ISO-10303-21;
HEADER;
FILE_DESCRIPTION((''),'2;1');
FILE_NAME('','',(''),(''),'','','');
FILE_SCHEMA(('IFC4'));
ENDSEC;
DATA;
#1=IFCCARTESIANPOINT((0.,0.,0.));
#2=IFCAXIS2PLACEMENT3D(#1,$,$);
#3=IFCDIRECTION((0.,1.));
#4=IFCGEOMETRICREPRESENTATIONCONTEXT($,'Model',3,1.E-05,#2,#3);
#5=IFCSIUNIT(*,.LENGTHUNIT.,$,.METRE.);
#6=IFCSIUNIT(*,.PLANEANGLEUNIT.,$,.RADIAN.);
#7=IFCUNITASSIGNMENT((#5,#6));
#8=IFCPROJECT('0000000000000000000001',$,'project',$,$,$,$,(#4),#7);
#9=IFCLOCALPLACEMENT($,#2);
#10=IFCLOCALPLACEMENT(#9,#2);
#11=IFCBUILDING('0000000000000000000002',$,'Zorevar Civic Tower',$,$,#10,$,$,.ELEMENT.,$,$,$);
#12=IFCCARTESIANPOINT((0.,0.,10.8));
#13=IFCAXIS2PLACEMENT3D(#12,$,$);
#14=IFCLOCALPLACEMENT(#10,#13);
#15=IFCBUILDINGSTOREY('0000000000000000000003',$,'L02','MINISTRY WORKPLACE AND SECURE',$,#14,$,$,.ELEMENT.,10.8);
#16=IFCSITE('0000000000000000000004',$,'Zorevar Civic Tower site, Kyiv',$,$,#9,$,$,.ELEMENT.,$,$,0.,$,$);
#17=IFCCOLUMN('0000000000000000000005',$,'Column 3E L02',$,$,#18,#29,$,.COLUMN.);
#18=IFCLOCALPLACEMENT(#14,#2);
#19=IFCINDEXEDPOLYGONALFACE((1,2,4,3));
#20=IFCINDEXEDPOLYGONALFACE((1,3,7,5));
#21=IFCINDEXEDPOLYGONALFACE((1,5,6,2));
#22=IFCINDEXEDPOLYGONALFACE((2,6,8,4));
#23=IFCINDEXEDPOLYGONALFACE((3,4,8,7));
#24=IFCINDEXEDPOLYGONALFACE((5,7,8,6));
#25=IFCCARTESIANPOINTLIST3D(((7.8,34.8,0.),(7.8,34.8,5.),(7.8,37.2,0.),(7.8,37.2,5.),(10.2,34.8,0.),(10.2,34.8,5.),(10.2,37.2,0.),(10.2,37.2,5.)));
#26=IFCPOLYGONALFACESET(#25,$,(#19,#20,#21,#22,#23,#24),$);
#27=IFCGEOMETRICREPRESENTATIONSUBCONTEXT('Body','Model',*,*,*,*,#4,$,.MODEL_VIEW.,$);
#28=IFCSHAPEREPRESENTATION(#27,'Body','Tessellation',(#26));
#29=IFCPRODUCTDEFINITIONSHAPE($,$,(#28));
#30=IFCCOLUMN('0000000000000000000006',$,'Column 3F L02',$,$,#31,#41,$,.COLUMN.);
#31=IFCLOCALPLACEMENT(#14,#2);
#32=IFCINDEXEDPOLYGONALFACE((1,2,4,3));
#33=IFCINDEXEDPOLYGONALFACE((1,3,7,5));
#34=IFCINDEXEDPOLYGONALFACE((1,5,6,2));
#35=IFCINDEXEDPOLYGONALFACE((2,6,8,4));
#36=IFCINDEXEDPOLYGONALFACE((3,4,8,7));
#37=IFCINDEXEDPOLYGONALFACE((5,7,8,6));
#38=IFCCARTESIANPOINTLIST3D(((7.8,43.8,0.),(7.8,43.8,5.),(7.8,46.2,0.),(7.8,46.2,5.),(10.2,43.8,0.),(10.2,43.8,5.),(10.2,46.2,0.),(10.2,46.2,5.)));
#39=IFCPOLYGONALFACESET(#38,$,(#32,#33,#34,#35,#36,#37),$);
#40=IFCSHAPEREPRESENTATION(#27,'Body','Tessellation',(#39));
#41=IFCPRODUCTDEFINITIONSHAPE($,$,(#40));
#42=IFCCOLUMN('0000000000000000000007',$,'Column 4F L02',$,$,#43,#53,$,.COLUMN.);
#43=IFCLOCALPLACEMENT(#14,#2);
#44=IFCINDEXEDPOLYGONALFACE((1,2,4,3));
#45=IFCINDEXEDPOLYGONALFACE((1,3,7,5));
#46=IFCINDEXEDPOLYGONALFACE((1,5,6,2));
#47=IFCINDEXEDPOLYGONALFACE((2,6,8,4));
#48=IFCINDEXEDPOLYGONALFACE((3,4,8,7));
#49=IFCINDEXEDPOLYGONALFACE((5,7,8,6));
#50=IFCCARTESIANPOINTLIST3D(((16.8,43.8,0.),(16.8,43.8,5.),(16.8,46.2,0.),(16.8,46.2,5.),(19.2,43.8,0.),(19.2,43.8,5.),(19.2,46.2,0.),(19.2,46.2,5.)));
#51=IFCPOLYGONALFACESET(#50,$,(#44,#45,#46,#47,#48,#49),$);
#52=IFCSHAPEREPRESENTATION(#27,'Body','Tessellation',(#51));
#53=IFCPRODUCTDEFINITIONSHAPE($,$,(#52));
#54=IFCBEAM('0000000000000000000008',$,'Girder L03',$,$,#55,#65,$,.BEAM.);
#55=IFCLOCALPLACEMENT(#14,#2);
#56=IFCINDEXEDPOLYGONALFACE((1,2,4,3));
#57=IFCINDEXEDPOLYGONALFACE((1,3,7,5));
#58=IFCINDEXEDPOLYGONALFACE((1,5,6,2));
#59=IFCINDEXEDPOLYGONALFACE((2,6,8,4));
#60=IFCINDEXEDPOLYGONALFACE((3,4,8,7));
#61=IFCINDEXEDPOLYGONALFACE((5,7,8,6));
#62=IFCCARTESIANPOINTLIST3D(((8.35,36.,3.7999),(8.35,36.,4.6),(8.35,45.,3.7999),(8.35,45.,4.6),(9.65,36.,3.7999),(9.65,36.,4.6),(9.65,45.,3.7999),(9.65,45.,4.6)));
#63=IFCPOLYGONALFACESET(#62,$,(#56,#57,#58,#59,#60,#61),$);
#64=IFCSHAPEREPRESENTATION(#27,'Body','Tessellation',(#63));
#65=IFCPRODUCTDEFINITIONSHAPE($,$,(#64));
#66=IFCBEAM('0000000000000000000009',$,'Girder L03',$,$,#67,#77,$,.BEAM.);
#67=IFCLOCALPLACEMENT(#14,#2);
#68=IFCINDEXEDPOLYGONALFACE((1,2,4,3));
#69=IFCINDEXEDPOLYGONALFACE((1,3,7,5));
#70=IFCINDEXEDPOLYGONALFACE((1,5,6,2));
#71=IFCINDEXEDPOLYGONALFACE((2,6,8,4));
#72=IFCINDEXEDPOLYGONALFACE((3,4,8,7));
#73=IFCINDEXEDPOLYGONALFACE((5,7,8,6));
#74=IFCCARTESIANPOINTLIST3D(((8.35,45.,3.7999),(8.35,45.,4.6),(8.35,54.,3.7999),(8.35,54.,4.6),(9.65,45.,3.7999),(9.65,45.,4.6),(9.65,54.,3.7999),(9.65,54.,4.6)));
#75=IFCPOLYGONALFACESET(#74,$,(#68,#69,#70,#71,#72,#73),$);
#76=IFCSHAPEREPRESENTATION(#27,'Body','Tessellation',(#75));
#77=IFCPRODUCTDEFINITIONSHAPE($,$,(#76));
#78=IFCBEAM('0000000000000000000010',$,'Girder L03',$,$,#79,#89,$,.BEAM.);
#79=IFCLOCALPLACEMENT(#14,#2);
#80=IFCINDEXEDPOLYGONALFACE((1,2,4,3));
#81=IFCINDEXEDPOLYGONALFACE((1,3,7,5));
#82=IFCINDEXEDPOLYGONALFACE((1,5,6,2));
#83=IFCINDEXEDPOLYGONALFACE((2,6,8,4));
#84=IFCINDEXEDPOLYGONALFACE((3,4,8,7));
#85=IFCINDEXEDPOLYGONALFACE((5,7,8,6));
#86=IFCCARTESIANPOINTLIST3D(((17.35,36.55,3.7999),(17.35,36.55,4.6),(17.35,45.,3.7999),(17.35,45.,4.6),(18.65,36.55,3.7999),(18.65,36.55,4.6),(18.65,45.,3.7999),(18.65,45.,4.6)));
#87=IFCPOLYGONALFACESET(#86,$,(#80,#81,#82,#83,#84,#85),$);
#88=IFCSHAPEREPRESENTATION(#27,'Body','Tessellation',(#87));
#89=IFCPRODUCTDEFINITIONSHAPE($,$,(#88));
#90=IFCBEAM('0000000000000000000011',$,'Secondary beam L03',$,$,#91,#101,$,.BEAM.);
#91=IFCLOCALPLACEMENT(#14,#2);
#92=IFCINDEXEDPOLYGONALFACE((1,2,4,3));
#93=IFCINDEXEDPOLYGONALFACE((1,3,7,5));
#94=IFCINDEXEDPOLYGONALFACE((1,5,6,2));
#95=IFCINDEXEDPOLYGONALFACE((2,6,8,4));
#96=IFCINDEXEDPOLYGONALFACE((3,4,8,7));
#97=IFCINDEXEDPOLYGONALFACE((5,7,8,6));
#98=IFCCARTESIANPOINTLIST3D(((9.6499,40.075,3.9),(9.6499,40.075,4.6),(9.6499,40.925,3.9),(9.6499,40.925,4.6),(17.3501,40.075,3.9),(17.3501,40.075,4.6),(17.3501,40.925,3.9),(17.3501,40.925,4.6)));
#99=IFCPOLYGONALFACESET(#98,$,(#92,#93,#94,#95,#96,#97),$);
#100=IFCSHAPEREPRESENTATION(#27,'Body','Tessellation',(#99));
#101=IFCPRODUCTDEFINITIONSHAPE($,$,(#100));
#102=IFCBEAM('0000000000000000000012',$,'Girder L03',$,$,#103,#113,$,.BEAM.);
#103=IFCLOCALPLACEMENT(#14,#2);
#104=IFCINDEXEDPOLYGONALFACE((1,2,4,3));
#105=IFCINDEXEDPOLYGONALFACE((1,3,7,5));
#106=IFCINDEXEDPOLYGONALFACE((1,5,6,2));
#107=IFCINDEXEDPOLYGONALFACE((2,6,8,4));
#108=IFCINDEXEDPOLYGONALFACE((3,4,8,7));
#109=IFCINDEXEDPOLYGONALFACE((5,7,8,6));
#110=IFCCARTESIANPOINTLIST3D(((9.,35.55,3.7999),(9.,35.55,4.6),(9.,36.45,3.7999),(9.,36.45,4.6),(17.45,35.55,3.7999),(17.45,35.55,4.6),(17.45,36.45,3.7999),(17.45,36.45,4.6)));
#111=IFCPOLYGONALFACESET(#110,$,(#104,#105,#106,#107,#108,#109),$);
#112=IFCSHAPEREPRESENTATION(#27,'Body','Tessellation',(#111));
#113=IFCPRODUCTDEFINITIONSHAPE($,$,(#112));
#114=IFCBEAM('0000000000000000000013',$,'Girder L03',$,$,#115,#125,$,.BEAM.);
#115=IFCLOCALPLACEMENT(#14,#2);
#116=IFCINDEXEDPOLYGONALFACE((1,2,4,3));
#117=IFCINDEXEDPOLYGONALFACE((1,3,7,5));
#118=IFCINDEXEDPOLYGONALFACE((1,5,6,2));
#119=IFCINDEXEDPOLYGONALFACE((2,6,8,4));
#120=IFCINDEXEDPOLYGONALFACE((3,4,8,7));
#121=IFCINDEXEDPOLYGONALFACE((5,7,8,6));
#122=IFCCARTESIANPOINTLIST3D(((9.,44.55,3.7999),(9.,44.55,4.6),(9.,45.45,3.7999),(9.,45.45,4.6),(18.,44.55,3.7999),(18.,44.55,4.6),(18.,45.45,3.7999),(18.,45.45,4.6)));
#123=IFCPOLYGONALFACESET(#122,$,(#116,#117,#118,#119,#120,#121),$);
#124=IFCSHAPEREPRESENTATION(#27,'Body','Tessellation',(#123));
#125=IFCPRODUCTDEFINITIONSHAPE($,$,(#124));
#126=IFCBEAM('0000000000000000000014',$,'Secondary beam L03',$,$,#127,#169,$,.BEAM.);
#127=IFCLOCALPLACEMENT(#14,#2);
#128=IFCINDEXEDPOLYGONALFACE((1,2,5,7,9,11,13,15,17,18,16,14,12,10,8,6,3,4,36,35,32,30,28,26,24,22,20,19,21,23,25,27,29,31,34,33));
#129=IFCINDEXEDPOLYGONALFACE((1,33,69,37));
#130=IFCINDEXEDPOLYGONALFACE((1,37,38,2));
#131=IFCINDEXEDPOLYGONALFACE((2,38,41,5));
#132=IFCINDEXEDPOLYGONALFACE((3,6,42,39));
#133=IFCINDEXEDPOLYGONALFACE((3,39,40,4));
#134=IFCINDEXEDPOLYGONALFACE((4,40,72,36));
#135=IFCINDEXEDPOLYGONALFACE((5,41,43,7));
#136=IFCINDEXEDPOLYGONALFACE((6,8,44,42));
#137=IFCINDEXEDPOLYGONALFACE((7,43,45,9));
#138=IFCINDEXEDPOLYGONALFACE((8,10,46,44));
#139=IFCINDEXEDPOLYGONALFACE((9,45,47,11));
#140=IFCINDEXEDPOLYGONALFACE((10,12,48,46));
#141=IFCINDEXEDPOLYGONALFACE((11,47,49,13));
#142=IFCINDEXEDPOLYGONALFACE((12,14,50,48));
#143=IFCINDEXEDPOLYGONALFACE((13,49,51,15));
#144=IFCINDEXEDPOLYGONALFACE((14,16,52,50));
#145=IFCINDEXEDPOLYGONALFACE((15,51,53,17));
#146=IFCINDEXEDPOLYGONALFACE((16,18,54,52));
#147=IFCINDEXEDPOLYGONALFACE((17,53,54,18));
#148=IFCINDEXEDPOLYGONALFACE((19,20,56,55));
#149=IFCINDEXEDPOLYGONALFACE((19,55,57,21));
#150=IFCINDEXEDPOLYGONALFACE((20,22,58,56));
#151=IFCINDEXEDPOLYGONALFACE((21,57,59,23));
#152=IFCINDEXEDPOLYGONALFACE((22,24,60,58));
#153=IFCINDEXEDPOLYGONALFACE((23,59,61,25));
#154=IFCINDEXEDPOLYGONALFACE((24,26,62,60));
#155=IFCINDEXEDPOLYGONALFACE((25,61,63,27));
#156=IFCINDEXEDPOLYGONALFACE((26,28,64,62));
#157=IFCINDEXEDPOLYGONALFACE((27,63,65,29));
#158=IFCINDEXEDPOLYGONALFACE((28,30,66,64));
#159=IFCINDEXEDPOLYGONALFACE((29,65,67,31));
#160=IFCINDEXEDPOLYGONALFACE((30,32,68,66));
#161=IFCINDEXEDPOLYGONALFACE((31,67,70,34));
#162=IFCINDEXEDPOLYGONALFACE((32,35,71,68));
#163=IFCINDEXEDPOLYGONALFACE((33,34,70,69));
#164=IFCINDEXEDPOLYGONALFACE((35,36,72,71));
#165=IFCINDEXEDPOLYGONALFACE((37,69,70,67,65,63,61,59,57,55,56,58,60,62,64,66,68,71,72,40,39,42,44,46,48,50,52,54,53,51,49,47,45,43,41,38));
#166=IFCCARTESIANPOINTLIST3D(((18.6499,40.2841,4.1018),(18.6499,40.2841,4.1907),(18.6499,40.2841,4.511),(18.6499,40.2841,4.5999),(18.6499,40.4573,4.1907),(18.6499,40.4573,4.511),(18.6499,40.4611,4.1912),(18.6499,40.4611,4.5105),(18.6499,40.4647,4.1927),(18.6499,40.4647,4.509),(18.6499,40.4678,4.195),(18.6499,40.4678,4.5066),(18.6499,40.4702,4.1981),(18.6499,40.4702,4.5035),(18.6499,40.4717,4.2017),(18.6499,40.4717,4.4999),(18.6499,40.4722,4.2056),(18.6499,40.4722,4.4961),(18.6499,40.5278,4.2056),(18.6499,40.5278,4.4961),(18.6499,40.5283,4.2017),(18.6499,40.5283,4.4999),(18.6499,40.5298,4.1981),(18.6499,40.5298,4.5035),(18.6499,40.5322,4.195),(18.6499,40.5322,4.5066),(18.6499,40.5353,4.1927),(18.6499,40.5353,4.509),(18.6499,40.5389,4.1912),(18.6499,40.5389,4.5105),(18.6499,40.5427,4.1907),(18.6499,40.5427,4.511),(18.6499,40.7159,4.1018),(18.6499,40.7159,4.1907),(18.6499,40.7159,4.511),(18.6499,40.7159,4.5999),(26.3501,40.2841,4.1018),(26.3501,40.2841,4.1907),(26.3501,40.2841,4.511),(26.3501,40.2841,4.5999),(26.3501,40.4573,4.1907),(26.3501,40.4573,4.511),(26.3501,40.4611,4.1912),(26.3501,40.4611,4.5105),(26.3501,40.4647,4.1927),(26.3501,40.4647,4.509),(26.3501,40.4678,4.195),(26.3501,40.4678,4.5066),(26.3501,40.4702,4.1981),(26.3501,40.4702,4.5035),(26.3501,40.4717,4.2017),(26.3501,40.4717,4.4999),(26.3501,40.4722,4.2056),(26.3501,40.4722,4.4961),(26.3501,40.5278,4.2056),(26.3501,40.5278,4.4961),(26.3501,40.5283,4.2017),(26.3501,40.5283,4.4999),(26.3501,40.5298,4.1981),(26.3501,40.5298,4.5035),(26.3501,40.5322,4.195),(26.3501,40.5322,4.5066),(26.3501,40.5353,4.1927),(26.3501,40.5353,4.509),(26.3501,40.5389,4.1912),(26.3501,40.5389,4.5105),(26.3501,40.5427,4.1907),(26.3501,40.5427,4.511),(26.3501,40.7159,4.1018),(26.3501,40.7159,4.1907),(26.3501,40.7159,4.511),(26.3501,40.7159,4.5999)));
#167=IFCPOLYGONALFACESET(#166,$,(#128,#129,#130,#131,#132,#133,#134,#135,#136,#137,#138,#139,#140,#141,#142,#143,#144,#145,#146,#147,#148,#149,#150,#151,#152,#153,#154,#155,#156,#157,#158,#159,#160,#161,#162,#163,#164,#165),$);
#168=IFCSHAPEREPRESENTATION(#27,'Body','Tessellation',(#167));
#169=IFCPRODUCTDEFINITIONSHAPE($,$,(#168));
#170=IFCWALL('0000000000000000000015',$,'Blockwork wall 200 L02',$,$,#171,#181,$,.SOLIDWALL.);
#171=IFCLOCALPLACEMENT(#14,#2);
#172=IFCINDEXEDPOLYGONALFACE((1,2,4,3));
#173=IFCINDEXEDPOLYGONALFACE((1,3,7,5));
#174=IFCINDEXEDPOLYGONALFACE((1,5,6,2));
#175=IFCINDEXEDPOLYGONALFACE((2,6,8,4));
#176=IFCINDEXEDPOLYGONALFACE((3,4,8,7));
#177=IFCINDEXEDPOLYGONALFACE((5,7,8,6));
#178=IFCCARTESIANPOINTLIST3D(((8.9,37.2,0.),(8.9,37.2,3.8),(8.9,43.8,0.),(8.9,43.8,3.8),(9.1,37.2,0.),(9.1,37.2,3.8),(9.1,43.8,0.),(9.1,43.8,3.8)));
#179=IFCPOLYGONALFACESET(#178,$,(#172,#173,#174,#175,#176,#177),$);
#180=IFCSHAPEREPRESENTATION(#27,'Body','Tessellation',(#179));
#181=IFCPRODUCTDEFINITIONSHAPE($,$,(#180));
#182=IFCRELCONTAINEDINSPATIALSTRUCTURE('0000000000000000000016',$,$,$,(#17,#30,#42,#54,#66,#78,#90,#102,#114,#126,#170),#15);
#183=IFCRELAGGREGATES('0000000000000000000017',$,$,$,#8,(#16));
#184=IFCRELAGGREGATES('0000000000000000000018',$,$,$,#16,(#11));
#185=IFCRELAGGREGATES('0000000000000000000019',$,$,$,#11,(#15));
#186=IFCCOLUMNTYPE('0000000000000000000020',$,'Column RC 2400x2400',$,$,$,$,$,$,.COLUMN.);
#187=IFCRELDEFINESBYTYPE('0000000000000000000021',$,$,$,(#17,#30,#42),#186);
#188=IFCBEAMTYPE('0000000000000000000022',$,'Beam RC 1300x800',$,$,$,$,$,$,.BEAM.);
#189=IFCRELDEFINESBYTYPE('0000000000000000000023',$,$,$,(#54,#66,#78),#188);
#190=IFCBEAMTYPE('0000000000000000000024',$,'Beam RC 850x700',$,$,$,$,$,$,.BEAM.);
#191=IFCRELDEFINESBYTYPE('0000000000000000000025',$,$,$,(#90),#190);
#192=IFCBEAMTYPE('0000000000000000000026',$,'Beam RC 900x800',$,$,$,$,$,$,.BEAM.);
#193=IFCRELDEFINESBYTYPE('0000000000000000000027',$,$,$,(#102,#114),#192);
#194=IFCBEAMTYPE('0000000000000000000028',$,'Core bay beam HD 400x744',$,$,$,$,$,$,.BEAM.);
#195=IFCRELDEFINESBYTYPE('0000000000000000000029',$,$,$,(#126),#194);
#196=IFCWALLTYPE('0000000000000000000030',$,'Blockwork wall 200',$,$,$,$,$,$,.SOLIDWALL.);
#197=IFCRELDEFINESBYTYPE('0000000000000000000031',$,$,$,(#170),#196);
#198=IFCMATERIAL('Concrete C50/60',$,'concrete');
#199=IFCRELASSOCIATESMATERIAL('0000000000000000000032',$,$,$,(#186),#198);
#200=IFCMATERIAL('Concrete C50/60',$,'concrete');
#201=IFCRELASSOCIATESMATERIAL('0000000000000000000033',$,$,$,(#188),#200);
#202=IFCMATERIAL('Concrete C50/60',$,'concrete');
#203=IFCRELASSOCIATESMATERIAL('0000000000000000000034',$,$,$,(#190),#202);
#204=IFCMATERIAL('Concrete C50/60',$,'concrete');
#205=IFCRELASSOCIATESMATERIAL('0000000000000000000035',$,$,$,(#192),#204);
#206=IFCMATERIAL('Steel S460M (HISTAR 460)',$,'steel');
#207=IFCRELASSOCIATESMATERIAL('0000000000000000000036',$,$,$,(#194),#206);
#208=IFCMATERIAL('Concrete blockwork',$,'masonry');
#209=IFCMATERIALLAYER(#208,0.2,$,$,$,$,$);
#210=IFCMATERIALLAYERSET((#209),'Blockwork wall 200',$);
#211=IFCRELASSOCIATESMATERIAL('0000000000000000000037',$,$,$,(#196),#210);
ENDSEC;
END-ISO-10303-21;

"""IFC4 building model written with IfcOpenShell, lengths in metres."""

from ifc_helpers import new_model, si_unit, direction, frame, frame_2d, origin, origin_2d, place, context, subcontext, project, spatial, rectangle, i_section, extrude, material, layer, layer_set, material_profile, profile_set, type_object, element, save


model = new_model("IFC4")

# Units and contexts
model_context = context("Model", 3, precision=1e-05, world=origin(), true_north=direction((0.0, 1.0)))
body_context = subcontext(model_context, "Body", "Model", "MODEL_VIEW")
ifc_project = project(units=[si_unit("LENGTHUNIT", "METRE"), si_unit("PLANEANGLEUNIT", "RADIAN")], contexts=[model_context])

# Site, building, storey
site_placement = place(None, origin())
site = spatial("IfcSite", under=ifc_project, at=site_placement, Name="Zorevar Civic Tower site, Kyiv", CompositionType="ELEMENT", RefElevation=0.0)
building_placement = place(site_placement, origin())
building = spatial("IfcBuilding", under=site, at=building_placement, Name="Zorevar Civic Tower", CompositionType="ELEMENT")
storey_placement = place(building_placement, frame((0.0, 0.0, 10.8)))
storey = spatial("IfcBuildingStorey", under=building, at=storey_placement, Name="L02", Description="MINISTRY WORKPLACE AND SECURE", CompositionType="ELEMENT", Elevation=10.8)

# Columns
ifc_material_1 = material(Name="Concrete C50/60", Category="concrete")
ifc_material_profile_1 = material_profile(ifc_material_1, rectangle(XDim=2.3999, YDim=2.3999, at=origin_2d()), Name="RC 2400x2400")
ifc_profile_set_1 = profile_set([ifc_material_profile_1], Name="Concrete C50/60")
column_type = type_object("IfcColumnType", Name="Column RC 2400x2400", PredefinedType="COLUMN", material=ifc_profile_set_1)
for number, where, z_axis, x_axis, name in (
    (1, (9.0, 36.0, 0.0), (0.0, 0.0, 1.0), (1.0, 0.0, 0.0), "Column 3E L02"),
    (2, (9.0, 45.0, 0.0), (0.0, 0.0, 1.0), (1.0, 0.0, 0.0), "Column 3F L02"),
    (3, (18.0, 45.0, 0.0), (0.0, 0.0, 1.0), (1.0, 0.0, 0.0), "Column 4F L02"),
):
    element("IfcColumn", number, at=place(storey_placement, frame(where, z_axis=z_axis, x_axis=x_axis)), inside=storey, type_object=column_type, Name=name, PredefinedType="COLUMN", context=body_context, shape_type="SweptSolid", body=[
        extrude(rectangle(XDim=2.3999, YDim=2.3999, at=origin_2d()), origin(), (0.0, 0.0, 1.0), 5.0),
    ])

# Beams
ifc_material_2 = material(Name="Concrete C50/60", Category="concrete")
ifc_material_profile_2 = material_profile(ifc_material_2, rectangle(XDim=1.3, YDim=0.8, at=origin_2d()), Name="RC 1300x800")
ifc_profile_set_2 = profile_set([ifc_material_profile_2], Name="Concrete C50/60")
beam_type_1 = type_object("IfcBeamType", Name="Beam RC 1300x800", PredefinedType="BEAM", material=ifc_profile_set_2)
for number, where, z_axis, x_axis, name in (
    (4, (9.0, 36.0, 4.2), (0.0, 1.0, 0.0), (-1.0, 0.0, 0.0), "Girder L03"),
    (5, (9.0, 45.0, 4.2), (0.0, 1.0, 0.0), (-1.0, 0.0, 0.0), "Girder L03"),
):
    element("IfcBeam", number, at=place(storey_placement, frame(where, z_axis=z_axis, x_axis=x_axis)), inside=storey, type_object=beam_type_1, Name=name, PredefinedType="BEAM", context=body_context, shape_type="SweptSolid", body=[
        extrude(rectangle(XDim=1.3, YDim=0.8, at=origin_2d()), origin(), (0.0, 0.0, 1.0), 9.0),
    ])
beam_1_placement = place(storey_placement, frame((18.0, 36.55, 4.2), z_axis=(0.0, 1.0, 0.0), x_axis=(-1.0, 0.0, 0.0)))
element("IfcBeam", 6, at=beam_1_placement, inside=storey, type_object=beam_type_1, Name="Girder L03", PredefinedType="BEAM", context=body_context, shape_type="SweptSolid", body=[
    extrude(rectangle(XDim=1.3, YDim=0.8, at=origin_2d()), origin(), (0.0, 0.0, 1.0), 8.45),
])
ifc_material_3 = material(Name="Concrete C50/60", Category="concrete")
ifc_material_profile_3 = material_profile(ifc_material_3, rectangle(XDim=0.8501, YDim=0.7, at=origin_2d()), Name="RC 850x700")
ifc_profile_set_3 = profile_set([ifc_material_profile_3], Name="Concrete C50/60")
beam_type_2 = type_object("IfcBeamType", Name="Beam RC 850x700", PredefinedType="BEAM", material=ifc_profile_set_3)
beam_2_placement = place(storey_placement, frame((9.6499, 40.5, 4.25), z_axis=(1.0, 0.0, 0.0), x_axis=(0.0, 1.0, 0.0)))
element("IfcBeam", 7, at=beam_2_placement, inside=storey, type_object=beam_type_2, Name="Secondary beam L03", PredefinedType="BEAM", context=body_context, shape_type="SweptSolid", body=[
    extrude(rectangle(XDim=0.8501, YDim=0.7, at=origin_2d()), origin(), (0.0, 0.0, 1.0), 7.7002),
])
ifc_material_4 = material(Name="Concrete C50/60", Category="concrete")
ifc_material_profile_4 = material_profile(ifc_material_4, rectangle(XDim=0.8999, YDim=0.8, at=origin_2d()), Name="RC 900x800")
ifc_profile_set_4 = profile_set([ifc_material_profile_4], Name="Concrete C50/60")
beam_type_3 = type_object("IfcBeamType", Name="Beam RC 900x800", PredefinedType="BEAM", material=ifc_profile_set_4)
beam_3_placement = place(storey_placement, frame((9.0, 36.0, 4.2), z_axis=(1.0, 0.0, 0.0), x_axis=(0.0, 1.0, 0.0)))
element("IfcBeam", 8, at=beam_3_placement, inside=storey, type_object=beam_type_3, Name="Girder L03", PredefinedType="BEAM", context=body_context, shape_type="SweptSolid", body=[
    extrude(rectangle(XDim=0.8999, YDim=0.8, at=origin_2d()), origin(), (0.0, 0.0, 1.0), 8.45),
])
beam_4_placement = place(storey_placement, frame((9.0, 45.0, 4.2), z_axis=(1.0, 0.0, 0.0), x_axis=(0.0, 1.0, 0.0)))
element("IfcBeam", 9, at=beam_4_placement, inside=storey, type_object=beam_type_3, Name="Girder L03", PredefinedType="BEAM", context=body_context, shape_type="SweptSolid", body=[
    extrude(rectangle(XDim=0.8999, YDim=0.8, at=origin_2d()), origin(), (0.0, 0.0, 1.0), 9.0),
])
ifc_material_5 = material(Name="Steel S460M (HISTAR 460)", Category="steel")
ifc_material_profile_5 = material_profile(ifc_material_5, i_section(OverallWidth=0.4319, OverallDepth=0.498, WebThickness=0.0557, FlangeThickness=0.0889, FilletRadius=0.0149, at=origin_2d()), Name="HD 400x744")
ifc_profile_set_5 = profile_set([ifc_material_profile_5], Name="Steel S460M (HISTAR 460)")
beam_type_4 = type_object("IfcBeamType", Name="Core bay beam HD 400x744", PredefinedType="BEAM", material=ifc_profile_set_5)
beam_5_placement = place(storey_placement, frame((18.6499, 40.5, 4.3508), z_axis=(1.0, 0.0, 0.0), x_axis=(0.0, 1.0, 0.0)))
element("IfcBeam", 10, at=beam_5_placement, inside=storey, type_object=beam_type_4, Name="Secondary beam L03", PredefinedType="BEAM", context=body_context, shape_type="SweptSolid", body=[
    extrude(i_section(OverallWidth=0.4319, OverallDepth=0.498, WebThickness=0.0557, FlangeThickness=0.0889, FilletRadius=0.0149, at=origin_2d()), origin(), (0.0, 0.0, 1.0), 7.7002),
])

# Wall
ifc_material_6 = material(Name="Concrete blockwork", Category="masonry")
ifc_layer_1 = layer(ifc_material_6, 0.2)
ifc_layer_set_1 = layer_set([ifc_layer_1], Name="Blockwork wall 200")
wall_type_1 = type_object("IfcWallType", Name="Blockwork wall 200", PredefinedType="SOLIDWALL", material=ifc_layer_set_1)
wall_1_placement = place(storey_placement, frame((9.0, 37.2, 0.0), z_axis=(0.0, 0.0, 1.0), x_axis=(0.0, 1.0, 0.0)))
element("IfcWall", 11, at=wall_1_placement, inside=storey, type_object=wall_type_1, Name="Blockwork wall 200 L02", PredefinedType="SOLIDWALL", context=body_context, shape_type="SweptSolid", body=[
    extrude(rectangle(XDim=6.6001, YDim=0.2, at=frame_2d((3.3, 0.0))), origin(), (0.0, 0.0, 1.0), 3.8),
])

save(model, "model.ifc")
